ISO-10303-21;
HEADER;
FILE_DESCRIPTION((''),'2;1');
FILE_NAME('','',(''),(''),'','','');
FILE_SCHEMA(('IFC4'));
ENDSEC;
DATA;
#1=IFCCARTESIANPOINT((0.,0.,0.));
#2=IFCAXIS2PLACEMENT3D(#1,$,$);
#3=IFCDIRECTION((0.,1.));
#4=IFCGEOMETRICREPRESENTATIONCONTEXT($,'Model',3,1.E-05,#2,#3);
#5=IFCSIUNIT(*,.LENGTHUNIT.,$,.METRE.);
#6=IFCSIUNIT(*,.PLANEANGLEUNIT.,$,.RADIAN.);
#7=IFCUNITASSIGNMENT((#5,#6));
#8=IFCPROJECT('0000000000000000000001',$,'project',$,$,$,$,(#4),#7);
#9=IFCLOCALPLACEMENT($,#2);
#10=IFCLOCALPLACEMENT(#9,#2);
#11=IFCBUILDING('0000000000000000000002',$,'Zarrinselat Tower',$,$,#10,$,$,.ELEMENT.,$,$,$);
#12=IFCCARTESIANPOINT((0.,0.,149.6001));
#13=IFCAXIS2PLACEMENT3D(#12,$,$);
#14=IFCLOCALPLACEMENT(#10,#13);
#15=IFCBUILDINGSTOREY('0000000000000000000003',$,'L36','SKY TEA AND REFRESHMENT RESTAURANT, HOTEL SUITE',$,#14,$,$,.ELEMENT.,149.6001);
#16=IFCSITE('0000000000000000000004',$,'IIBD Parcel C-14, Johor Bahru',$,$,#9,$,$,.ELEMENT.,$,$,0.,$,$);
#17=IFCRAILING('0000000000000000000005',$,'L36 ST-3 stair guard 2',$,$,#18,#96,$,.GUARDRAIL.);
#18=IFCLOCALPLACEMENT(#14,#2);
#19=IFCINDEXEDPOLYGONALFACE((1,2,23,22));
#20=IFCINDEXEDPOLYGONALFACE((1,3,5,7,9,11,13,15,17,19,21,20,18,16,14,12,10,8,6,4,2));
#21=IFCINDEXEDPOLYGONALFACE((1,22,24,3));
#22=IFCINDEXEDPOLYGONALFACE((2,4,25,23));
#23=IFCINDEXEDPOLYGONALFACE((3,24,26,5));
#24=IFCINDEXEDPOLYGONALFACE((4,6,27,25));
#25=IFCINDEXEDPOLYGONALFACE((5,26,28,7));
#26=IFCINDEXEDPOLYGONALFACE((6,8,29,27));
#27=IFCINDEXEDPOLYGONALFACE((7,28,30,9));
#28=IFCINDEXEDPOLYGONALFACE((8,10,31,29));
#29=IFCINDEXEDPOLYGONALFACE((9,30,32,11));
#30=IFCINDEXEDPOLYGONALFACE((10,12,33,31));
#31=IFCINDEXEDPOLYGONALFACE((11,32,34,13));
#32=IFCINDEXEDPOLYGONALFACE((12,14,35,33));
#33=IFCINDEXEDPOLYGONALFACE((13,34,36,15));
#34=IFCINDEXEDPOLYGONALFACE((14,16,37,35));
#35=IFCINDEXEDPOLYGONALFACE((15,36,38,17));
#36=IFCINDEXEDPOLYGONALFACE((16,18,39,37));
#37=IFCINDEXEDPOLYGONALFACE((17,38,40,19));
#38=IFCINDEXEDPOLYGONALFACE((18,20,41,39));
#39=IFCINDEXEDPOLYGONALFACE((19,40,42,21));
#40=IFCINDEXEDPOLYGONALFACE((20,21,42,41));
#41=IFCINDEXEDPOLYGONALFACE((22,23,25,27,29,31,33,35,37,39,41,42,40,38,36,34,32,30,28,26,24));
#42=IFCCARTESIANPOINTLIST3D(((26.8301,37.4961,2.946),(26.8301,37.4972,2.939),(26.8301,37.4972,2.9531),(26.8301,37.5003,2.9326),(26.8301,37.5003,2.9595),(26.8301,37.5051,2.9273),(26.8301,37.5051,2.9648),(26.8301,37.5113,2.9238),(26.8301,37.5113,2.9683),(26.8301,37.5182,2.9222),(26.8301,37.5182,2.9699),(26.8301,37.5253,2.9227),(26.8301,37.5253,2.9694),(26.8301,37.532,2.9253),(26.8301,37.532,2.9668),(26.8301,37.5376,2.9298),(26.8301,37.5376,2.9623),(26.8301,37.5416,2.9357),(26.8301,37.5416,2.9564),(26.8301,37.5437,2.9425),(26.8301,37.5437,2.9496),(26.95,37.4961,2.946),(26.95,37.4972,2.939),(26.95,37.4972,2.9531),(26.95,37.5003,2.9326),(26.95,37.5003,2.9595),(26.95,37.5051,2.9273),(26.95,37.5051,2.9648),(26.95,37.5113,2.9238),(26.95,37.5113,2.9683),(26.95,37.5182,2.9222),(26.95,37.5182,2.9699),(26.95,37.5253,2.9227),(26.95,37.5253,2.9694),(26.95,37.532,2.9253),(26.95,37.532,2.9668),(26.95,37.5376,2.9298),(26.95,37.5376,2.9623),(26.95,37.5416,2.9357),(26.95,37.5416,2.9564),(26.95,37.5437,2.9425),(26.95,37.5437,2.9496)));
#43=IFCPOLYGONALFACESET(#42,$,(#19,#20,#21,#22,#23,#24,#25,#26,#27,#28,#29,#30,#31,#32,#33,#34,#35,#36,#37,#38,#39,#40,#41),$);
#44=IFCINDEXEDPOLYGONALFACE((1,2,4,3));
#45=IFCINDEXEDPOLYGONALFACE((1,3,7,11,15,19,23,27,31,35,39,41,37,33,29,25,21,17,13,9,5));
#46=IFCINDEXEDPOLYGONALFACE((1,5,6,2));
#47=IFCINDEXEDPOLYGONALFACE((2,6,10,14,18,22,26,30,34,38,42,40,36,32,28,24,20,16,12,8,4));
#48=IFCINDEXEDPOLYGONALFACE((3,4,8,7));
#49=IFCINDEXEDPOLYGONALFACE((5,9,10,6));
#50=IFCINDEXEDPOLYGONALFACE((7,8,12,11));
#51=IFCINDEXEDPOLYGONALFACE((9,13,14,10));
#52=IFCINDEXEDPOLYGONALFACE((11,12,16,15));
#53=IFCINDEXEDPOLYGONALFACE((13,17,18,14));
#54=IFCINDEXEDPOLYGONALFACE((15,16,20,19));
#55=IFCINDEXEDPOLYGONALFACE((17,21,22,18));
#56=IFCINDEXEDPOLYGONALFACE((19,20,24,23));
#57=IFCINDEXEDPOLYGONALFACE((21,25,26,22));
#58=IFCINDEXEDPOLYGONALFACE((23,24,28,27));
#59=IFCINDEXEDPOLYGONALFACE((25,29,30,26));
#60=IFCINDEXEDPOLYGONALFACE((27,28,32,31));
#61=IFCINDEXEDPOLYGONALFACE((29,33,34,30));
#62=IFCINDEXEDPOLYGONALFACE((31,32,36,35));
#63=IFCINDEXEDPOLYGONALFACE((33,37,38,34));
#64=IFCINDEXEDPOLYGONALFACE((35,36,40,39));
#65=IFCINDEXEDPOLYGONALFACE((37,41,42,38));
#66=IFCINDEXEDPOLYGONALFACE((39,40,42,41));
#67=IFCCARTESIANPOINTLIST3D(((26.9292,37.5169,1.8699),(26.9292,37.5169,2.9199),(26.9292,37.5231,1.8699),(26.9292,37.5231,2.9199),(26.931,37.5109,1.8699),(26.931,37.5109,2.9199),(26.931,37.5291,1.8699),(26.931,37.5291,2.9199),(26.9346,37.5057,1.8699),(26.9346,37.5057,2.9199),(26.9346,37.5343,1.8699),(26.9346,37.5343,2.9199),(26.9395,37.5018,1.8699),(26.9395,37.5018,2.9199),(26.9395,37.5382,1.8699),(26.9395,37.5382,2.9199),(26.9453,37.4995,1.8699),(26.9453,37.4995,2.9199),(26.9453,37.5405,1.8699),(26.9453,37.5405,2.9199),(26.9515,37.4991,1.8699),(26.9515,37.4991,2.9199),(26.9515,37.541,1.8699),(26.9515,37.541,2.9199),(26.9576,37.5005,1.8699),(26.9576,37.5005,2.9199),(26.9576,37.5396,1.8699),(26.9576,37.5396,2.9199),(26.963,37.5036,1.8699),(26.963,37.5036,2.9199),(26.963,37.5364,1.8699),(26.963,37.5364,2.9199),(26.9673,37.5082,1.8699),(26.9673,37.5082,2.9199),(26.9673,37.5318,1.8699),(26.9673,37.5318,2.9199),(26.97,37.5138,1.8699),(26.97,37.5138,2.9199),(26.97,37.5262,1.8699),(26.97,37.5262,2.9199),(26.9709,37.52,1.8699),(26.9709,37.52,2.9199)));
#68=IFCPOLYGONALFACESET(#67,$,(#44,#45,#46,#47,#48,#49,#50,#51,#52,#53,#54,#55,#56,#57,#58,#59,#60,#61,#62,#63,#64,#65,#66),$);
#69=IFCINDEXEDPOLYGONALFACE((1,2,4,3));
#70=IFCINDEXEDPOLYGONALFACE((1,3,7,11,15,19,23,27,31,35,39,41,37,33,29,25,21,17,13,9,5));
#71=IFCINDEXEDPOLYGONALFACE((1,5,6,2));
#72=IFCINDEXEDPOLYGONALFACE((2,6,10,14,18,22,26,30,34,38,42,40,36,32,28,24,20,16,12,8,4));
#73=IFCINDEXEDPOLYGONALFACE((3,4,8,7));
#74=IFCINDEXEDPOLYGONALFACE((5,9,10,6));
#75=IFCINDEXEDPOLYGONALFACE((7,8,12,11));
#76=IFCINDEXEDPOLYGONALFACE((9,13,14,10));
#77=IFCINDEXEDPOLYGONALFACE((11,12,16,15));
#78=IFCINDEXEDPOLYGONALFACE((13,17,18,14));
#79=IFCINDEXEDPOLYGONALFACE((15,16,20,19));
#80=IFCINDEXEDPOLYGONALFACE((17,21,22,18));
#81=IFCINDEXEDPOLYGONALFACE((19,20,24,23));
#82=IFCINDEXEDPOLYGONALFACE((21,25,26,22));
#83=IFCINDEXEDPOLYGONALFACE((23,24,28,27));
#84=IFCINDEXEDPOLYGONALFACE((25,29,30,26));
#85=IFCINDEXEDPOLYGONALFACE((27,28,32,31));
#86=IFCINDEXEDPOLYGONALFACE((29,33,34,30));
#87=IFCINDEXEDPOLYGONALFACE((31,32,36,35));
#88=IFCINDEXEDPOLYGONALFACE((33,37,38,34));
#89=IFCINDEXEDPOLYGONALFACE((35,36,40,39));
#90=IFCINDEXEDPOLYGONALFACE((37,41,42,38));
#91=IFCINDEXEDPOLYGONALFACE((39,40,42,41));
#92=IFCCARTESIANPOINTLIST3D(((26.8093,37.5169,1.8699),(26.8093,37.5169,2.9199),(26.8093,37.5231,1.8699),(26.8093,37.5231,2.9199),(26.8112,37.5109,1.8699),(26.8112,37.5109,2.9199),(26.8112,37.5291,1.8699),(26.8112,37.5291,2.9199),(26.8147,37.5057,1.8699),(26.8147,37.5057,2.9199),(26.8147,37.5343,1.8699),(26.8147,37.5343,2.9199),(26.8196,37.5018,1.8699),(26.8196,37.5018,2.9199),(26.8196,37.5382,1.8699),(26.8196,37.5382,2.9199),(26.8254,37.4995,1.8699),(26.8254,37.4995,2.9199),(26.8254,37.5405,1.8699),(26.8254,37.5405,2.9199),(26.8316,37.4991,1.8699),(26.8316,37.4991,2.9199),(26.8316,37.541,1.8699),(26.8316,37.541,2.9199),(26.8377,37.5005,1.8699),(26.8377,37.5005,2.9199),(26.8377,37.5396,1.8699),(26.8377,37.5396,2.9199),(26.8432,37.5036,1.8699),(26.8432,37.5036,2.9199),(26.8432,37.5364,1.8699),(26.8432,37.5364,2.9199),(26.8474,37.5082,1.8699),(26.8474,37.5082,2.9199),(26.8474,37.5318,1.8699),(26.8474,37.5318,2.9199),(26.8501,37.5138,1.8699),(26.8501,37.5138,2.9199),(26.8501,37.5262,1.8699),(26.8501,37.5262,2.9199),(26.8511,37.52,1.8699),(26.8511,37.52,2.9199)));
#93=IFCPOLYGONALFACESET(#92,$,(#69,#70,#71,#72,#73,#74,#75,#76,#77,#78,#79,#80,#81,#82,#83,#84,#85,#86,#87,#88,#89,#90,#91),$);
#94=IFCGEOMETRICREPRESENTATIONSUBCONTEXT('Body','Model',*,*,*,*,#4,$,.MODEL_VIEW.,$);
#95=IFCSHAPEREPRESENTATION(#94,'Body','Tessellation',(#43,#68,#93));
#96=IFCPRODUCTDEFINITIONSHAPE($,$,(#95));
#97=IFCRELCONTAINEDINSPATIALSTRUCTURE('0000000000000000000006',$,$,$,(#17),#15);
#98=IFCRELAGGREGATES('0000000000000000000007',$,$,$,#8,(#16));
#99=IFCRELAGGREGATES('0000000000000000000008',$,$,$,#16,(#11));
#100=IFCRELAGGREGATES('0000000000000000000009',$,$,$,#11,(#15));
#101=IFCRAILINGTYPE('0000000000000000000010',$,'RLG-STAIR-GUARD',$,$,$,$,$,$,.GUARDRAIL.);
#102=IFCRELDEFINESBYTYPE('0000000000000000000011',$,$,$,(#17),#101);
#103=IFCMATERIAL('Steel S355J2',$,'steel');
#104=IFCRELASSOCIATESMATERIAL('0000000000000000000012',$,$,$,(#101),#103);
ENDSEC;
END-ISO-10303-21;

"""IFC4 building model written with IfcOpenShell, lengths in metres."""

from ifc_helpers import new_model, si_unit, direction, frame, origin, origin_2d, place, context, subcontext, project, spatial, circle, extrude, material, type_object, element, save


model = new_model("IFC4")

# Units and contexts
model_context = context("Model", 3, precision=1e-05, world=origin(), true_north=direction((0.0, 1.0)))
body_context = subcontext(model_context, "Body", "Model", "MODEL_VIEW")
ifc_project = project(units=[si_unit("LENGTHUNIT", "METRE"), si_unit("PLANEANGLEUNIT", "RADIAN")], contexts=[model_context])

# Site, building, storey
site_placement = place(None, origin())
site = spatial("IfcSite", under=ifc_project, at=site_placement, Name="IIBD Parcel C-14, Johor Bahru", CompositionType="ELEMENT", RefElevation=0.0)
building_placement = place(site_placement, origin())
building = spatial("IfcBuilding", under=site, at=building_placement, Name="Zarrinselat Tower", CompositionType="ELEMENT")
storey_placement = place(building_placement, frame((0.0, 0.0, 149.6001)))
storey = spatial("IfcBuildingStorey", under=building, at=storey_placement, Name="L36", Description="SKY TEA AND REFRESHMENT RESTAURANT, HOTEL SUITE", CompositionType="ELEMENT", Elevation=149.6001)

# Railing
ifc_material_1 = material(Name="Steel S355J2", Category="steel")
railing_type_1 = type_object("IfcRailingType", Name="RLG-STAIR-GUARD", PredefinedType="GUARDRAIL", material=ifc_material_1)
railing_1_placement = place(storey_placement, frame((26.95, 37.52, 1.8699)))
element("IfcRailing", 1, at=railing_1_placement, inside=storey, type_object=railing_type_1, Name="L36 ST-3 stair guard 2", PredefinedType="GUARDRAIL", context=body_context, shape_type="SweptSolid", body=[
    extrude(circle(Radius=0.0239, at=origin_2d()), frame((0.0, 0.0, 1.0762), z_axis=(-1.0, 0.0, 0.0), x_axis=(0.0, -1.0, 0.0)), (0.0, 0.0, 1.0), 0.1199),
    extrude(circle(Radius=0.021, at=origin_2d()), origin(), (0.0, 0.0, 1.0), 1.05),
    extrude(circle(Radius=0.021, at=origin_2d()), frame((-0.1199, 0.0, 0.0)), (0.0, 0.0, 1.0), 1.05),
])

save(model, "model.ifc")
